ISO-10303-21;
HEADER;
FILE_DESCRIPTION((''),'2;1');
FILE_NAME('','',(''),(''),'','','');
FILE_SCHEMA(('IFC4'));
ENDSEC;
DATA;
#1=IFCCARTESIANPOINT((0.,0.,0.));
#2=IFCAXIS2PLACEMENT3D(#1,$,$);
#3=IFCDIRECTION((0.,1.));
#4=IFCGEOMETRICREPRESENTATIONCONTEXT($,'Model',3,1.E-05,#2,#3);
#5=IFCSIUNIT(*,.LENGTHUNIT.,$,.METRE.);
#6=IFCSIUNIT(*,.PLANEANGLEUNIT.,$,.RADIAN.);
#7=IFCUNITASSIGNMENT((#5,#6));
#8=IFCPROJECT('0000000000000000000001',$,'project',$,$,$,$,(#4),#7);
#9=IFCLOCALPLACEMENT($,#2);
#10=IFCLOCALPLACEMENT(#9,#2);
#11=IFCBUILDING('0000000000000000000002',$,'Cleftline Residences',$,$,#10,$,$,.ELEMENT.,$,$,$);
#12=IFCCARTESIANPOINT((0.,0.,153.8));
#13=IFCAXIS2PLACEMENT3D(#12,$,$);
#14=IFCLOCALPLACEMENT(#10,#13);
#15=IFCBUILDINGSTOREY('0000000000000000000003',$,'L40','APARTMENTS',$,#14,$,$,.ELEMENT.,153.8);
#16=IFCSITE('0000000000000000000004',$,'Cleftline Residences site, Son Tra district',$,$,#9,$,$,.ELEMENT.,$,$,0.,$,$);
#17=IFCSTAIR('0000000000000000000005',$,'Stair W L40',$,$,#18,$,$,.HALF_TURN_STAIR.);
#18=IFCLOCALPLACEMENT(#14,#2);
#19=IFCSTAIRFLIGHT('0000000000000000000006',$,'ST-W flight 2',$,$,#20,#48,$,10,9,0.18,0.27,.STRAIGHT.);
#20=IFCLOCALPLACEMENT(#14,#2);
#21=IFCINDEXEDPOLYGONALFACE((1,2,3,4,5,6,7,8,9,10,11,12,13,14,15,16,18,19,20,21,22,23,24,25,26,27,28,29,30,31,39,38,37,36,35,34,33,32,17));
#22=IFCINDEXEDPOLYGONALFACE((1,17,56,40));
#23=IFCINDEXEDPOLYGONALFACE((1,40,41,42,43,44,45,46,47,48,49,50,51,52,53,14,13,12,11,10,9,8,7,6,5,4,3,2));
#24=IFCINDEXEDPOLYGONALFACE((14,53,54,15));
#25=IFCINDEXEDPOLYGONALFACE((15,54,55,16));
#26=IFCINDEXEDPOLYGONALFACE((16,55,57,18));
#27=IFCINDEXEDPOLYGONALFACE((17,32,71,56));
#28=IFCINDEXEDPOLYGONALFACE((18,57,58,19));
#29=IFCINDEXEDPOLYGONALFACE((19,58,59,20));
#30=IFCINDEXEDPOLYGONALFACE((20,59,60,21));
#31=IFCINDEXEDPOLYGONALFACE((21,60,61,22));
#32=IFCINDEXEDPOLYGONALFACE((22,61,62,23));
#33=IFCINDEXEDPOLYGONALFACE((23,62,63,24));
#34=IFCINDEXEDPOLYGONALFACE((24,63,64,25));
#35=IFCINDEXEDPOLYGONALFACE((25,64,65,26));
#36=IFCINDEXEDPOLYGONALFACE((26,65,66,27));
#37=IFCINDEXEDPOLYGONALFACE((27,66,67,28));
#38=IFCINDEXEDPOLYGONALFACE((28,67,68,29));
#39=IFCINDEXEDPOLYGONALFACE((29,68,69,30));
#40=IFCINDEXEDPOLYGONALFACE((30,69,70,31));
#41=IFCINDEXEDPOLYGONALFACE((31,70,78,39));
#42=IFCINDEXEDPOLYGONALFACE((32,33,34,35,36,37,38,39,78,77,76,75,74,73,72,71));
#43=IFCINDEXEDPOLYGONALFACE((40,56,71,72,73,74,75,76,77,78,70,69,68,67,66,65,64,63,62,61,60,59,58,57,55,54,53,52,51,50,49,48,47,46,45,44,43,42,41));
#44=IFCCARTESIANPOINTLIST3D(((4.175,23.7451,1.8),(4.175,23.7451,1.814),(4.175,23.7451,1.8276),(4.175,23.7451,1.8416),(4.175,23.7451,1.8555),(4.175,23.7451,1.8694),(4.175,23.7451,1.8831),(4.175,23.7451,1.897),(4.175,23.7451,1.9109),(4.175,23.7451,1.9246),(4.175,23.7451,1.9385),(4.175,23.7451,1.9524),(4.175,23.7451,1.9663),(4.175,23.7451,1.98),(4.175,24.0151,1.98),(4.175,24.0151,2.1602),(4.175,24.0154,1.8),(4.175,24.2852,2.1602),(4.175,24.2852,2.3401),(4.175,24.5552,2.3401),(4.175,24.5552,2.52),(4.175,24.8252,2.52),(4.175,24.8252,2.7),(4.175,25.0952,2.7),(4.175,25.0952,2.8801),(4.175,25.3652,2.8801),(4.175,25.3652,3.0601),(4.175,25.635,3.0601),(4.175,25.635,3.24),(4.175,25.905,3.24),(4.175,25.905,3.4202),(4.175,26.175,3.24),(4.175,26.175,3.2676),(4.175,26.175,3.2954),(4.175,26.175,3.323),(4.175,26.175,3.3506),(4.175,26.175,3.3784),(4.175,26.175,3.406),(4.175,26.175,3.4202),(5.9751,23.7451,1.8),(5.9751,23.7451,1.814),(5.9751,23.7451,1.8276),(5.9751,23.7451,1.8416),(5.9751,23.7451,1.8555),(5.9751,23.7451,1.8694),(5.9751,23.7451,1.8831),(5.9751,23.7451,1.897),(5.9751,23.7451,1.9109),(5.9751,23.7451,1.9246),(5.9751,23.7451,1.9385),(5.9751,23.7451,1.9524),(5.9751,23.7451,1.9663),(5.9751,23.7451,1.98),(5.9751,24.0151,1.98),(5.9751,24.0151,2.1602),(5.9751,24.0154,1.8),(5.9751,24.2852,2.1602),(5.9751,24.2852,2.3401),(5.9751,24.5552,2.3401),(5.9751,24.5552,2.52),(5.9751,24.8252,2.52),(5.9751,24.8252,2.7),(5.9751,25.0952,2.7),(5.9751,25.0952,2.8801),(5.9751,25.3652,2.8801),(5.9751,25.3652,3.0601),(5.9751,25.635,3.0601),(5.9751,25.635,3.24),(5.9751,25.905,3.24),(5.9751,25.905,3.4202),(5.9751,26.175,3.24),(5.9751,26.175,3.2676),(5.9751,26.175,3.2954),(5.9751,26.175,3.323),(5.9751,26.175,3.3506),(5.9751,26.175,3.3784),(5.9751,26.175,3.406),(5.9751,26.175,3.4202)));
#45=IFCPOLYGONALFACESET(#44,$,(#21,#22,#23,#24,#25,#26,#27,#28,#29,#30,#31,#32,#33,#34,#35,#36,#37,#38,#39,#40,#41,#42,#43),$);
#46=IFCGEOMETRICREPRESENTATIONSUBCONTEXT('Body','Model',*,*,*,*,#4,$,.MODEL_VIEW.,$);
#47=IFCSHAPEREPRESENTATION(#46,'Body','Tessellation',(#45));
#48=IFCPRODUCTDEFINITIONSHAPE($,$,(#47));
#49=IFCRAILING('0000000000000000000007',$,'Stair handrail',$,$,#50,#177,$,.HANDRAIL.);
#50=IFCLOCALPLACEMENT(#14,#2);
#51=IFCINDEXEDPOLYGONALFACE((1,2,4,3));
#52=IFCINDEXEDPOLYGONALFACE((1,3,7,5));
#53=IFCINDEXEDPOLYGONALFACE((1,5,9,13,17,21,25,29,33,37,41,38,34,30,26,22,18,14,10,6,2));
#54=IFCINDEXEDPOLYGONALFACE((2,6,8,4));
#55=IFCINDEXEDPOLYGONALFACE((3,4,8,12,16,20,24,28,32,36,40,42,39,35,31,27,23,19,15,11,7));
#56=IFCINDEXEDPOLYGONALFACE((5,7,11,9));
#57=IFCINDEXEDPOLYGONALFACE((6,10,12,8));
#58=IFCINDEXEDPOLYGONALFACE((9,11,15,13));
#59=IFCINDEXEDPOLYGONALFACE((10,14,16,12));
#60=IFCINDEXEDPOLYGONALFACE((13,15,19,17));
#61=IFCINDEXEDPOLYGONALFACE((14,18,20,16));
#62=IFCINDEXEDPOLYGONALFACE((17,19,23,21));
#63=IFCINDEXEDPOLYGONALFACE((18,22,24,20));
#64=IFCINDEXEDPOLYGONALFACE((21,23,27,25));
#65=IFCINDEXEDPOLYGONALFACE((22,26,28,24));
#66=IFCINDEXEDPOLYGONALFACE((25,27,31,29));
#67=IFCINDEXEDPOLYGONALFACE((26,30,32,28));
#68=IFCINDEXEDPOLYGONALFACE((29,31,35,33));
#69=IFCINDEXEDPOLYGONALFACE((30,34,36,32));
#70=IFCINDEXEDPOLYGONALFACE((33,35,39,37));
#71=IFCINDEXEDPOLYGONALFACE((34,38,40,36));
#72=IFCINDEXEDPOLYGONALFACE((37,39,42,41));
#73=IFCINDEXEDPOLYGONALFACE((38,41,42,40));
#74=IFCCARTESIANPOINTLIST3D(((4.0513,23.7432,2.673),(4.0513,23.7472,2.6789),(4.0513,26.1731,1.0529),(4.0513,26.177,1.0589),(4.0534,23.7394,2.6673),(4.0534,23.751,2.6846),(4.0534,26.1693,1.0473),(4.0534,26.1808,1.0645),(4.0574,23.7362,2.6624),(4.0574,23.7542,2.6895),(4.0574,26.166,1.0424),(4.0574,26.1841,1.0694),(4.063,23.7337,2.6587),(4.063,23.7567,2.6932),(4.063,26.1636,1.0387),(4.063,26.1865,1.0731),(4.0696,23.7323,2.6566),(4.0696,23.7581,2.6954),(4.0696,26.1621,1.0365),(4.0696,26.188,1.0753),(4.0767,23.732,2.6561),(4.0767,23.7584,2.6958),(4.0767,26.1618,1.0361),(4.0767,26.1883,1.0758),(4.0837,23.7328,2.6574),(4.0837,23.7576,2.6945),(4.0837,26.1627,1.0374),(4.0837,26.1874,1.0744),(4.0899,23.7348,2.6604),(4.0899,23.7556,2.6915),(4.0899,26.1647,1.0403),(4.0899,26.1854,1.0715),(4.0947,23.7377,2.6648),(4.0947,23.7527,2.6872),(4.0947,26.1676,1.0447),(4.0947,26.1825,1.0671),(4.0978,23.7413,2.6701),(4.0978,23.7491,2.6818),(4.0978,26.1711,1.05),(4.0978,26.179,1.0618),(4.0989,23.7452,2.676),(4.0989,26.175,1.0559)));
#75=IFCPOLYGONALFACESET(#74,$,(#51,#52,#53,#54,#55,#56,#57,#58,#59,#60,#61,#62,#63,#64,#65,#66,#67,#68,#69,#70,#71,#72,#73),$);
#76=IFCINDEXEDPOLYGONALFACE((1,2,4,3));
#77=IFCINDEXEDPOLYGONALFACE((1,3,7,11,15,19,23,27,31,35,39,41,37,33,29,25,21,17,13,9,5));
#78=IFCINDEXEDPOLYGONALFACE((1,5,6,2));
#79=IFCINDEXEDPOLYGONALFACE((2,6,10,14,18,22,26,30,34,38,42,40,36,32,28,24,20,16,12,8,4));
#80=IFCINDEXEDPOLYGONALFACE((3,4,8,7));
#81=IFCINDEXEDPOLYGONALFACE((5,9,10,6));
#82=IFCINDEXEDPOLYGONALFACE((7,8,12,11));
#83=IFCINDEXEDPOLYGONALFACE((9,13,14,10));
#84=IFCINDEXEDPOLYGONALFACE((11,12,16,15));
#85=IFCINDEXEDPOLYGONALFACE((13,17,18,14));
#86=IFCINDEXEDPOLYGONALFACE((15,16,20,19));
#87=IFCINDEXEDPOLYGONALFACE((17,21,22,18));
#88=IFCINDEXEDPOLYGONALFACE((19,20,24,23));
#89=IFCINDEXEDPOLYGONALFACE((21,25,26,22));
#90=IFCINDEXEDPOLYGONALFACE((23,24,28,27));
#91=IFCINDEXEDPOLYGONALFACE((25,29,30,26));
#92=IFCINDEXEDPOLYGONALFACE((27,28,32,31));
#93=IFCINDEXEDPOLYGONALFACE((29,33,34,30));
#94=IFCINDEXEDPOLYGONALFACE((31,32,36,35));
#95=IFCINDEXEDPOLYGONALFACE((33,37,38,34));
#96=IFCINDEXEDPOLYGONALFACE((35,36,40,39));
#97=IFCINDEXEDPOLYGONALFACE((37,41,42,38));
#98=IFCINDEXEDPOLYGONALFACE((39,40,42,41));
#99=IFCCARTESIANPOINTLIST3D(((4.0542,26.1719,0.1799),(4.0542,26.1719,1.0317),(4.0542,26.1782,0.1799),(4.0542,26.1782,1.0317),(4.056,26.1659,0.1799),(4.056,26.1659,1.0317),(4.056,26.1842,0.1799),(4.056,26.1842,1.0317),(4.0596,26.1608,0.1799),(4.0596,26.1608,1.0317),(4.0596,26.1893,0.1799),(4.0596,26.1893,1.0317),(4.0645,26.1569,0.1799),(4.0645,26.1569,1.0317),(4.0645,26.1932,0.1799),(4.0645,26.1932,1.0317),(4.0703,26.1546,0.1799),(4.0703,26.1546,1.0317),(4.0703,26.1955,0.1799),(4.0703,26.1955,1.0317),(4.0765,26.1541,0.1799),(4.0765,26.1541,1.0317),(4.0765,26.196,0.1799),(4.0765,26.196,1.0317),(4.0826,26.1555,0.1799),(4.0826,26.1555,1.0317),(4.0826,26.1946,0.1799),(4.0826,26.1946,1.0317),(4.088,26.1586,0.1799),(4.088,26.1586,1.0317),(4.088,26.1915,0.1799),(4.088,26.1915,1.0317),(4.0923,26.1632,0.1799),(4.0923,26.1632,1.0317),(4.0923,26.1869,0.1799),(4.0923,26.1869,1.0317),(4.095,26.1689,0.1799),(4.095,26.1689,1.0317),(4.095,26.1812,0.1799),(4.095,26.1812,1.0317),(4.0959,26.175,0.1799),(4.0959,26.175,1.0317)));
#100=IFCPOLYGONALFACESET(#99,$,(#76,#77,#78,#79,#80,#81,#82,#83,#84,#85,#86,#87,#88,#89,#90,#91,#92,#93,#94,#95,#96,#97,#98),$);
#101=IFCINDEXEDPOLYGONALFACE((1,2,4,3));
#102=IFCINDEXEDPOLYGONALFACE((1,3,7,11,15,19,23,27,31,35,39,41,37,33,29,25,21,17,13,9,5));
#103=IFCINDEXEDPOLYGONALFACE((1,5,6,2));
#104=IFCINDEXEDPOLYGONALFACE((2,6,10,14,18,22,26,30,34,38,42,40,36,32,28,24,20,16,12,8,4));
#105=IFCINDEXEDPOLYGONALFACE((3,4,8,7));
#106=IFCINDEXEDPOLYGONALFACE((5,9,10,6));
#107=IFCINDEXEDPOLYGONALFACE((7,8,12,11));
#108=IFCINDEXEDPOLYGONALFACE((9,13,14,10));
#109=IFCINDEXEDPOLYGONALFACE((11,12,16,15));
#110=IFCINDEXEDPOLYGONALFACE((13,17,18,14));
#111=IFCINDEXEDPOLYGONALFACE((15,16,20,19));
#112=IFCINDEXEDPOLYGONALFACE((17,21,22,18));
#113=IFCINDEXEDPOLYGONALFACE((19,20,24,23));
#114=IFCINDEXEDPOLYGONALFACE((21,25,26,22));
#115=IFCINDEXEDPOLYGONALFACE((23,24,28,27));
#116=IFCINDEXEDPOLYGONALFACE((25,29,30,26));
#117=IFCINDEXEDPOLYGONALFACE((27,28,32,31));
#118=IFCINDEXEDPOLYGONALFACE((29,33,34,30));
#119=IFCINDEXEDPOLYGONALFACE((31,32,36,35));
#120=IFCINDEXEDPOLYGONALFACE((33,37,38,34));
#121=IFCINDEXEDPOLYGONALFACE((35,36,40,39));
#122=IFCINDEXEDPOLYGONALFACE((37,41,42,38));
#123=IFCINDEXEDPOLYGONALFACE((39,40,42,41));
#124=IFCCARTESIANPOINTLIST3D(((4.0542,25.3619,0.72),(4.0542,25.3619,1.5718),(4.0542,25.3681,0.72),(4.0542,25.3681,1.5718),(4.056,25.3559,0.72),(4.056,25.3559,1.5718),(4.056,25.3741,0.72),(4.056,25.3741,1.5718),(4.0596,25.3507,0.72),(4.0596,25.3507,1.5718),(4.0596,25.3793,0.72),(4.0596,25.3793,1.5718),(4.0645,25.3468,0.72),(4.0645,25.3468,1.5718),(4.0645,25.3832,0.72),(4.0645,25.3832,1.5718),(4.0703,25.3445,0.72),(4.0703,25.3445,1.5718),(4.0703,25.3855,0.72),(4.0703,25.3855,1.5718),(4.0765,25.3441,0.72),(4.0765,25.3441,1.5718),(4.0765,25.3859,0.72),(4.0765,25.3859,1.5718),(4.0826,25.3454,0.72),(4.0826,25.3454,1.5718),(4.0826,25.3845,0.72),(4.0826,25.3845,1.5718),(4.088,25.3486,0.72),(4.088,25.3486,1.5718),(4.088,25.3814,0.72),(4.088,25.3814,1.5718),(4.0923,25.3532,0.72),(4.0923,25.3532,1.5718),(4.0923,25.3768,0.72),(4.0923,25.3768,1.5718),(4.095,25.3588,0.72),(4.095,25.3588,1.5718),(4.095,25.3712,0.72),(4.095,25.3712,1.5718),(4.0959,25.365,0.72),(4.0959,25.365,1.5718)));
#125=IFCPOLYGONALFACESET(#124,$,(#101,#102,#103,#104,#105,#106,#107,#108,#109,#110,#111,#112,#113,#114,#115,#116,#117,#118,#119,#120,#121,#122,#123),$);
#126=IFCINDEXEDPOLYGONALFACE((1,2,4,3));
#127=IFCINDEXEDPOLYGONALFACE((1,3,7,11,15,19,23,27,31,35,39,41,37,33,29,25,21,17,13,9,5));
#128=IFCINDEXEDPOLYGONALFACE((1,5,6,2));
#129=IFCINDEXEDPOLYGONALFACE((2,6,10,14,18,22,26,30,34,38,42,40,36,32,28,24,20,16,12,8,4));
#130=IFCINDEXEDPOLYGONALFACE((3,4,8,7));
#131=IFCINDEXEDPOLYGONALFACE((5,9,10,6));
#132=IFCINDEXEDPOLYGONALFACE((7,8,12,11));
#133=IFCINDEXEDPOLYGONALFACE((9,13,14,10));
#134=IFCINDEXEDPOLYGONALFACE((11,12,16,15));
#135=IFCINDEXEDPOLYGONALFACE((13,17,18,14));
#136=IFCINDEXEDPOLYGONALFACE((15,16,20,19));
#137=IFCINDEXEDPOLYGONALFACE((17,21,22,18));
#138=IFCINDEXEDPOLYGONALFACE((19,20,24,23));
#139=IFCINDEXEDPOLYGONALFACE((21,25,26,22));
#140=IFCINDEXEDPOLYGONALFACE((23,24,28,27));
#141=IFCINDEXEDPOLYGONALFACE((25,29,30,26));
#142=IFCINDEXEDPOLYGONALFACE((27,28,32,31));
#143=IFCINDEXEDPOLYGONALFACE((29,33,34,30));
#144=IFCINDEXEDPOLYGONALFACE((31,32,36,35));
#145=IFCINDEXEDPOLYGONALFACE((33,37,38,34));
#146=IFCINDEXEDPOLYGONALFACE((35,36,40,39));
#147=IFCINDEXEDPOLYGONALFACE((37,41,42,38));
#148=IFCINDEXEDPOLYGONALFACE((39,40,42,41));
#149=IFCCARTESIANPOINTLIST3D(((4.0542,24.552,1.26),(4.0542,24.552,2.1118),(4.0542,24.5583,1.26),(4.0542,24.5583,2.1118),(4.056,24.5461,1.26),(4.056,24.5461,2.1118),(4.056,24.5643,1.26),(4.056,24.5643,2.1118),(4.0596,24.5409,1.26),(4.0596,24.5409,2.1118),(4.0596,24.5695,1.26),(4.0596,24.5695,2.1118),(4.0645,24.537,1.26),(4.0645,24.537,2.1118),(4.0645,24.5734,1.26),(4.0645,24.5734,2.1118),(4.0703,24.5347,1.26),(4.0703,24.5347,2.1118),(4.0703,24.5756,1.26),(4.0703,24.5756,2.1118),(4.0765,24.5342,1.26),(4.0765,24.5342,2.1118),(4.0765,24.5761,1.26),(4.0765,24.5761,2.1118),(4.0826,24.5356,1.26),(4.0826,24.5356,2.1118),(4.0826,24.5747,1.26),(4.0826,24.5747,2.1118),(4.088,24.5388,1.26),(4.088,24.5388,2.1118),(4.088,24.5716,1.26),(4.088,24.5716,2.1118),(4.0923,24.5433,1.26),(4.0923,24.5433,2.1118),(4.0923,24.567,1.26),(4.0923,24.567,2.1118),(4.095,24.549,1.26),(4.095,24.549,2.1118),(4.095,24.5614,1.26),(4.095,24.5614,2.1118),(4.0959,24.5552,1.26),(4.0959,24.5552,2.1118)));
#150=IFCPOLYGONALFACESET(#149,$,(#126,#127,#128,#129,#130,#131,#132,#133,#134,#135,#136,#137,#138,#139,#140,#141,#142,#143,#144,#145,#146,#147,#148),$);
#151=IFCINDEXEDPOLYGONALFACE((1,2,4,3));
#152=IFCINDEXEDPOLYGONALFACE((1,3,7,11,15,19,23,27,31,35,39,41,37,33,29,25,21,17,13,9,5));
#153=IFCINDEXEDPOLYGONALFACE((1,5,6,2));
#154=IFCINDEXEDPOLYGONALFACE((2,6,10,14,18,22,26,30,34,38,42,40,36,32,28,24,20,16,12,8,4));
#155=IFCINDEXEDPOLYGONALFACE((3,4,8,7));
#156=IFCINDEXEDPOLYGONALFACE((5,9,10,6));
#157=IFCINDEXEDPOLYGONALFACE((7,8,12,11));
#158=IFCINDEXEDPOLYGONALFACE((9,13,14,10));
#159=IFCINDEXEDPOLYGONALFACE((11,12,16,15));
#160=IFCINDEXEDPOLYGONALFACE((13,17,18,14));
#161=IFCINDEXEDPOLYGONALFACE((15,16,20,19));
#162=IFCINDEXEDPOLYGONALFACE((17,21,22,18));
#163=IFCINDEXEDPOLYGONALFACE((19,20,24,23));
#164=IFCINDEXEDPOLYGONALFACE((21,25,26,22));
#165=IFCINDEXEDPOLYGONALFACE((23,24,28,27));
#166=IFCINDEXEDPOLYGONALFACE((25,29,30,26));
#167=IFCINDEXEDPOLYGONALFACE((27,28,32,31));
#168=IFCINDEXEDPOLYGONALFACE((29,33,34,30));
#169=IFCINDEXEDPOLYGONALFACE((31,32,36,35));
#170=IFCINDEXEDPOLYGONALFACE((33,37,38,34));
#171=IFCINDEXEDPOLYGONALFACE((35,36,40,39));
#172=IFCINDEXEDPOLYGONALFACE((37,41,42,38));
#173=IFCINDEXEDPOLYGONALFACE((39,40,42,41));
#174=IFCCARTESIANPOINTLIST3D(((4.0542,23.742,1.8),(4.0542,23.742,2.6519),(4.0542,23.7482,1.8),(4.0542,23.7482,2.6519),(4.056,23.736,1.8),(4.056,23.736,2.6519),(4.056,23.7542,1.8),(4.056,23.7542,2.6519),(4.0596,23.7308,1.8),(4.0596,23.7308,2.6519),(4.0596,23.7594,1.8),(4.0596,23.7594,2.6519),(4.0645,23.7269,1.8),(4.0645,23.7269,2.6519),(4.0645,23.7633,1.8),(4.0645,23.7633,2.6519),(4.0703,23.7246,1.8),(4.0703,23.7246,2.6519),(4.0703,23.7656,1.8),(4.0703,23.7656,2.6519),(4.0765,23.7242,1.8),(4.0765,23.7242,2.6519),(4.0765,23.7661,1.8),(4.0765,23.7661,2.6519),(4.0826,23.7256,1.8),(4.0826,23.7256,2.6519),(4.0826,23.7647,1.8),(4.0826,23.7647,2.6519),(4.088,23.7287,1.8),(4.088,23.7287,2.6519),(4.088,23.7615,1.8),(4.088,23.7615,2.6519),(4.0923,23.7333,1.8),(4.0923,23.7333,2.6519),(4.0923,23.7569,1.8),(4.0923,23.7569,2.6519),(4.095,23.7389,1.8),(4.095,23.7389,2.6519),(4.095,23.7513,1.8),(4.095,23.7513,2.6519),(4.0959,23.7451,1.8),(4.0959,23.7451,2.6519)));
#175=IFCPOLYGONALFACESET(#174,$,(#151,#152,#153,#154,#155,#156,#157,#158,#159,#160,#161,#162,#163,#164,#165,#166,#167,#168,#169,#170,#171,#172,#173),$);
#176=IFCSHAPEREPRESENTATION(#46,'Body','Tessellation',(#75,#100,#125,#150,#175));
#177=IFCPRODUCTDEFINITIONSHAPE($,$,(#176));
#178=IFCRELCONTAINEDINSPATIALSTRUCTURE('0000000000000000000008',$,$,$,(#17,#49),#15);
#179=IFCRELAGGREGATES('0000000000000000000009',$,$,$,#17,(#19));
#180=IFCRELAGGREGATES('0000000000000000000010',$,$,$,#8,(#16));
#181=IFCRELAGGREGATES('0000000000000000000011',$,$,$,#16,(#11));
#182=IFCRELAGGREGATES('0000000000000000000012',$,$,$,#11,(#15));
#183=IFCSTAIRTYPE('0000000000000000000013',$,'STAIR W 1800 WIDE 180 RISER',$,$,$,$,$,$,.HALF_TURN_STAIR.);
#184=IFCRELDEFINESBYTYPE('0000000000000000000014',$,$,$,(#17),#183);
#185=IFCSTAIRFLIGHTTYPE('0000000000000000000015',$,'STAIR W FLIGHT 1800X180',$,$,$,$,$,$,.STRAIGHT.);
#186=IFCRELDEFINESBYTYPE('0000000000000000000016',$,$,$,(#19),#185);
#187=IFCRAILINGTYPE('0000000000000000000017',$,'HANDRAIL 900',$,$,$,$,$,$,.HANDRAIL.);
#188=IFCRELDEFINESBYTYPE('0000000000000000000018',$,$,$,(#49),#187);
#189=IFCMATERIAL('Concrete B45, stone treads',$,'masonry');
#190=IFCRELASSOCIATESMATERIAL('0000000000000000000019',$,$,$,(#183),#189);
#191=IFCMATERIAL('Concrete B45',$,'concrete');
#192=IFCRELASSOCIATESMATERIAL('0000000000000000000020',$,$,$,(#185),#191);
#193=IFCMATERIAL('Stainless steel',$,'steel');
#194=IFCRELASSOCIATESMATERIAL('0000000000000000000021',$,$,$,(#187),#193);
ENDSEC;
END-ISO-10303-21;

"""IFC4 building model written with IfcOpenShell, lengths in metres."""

from ifc_helpers import new_model, si_unit, direction, frame, origin, origin_2d, place, context, subcontext, project, spatial, polyline, circle, outline, extrude, material, type_object, element, aggregate, save


model = new_model("IFC4")

# Units and contexts
model_context = context("Model", 3, precision=1e-05, world=origin(), true_north=direction((0.0, 1.0)))
body_context = subcontext(model_context, "Body", "Model", "MODEL_VIEW")
ifc_project = project(units=[si_unit("LENGTHUNIT", "METRE"), si_unit("PLANEANGLEUNIT", "RADIAN")], contexts=[model_context])

# Site, building, storey
site_placement = place(None, origin())
site = spatial("IfcSite", under=ifc_project, at=site_placement, Name="Cleftline Residences site, Son Tra district", CompositionType="ELEMENT", RefElevation=0.0)
building_placement = place(site_placement, origin())
building = spatial("IfcBuilding", under=site, at=building_placement, Name="Cleftline Residences", CompositionType="ELEMENT")
storey_placement = place(building_placement, frame((0.0, 0.0, 153.8)))
storey = spatial("IfcBuildingStorey", under=building, at=storey_placement, Name="L40", Description="APARTMENTS", CompositionType="ELEMENT", Elevation=153.8)

# Stair, stair flight
ifc_material_1 = material(Name="Concrete B45, stone treads", Category="masonry")
stair_type = type_object("IfcStairType", Name="STAIR W 1800 WIDE 180 RISER", PredefinedType="HALF_TURN_STAIR", material=ifc_material_1)
stair_placement = place(storey_placement, origin())
stair = element("IfcStair", 1, at=stair_placement, inside=storey, type_object=stair_type, Name="Stair W L40", PredefinedType="HALF_TURN_STAIR")
ifc_material_2 = material(Name="Concrete B45", Category="concrete")
stair_flight_type = type_object("IfcStairFlightType", Name="STAIR W FLIGHT 1800X180", PredefinedType="STRAIGHT", material=ifc_material_2)
stair_flight_1_placement = place(storey_placement, frame((5.075, 23.7451, 1.8), z_axis=(0.0, 0.0, 1.0), x_axis=(0.0, 1.0, 0.0)))
stair_flight_1 = element("IfcStairFlight", 2, at=stair_flight_1_placement, type_object=stair_flight_type, Name="ST-W flight 2", NumberOfRisers=10, NumberOfTreads=9, PredefinedType="STRAIGHT", RiserHeight=0.18, TreadLength=0.27, context=body_context, shape_type="SweptSolid", body=[
    extrude(outline(polyline([(0.0, 0.0), (0.0, 0.0139), (0.0, 0.0276), (0.0, 0.0415), (0.0, 0.0554), (0.0, 0.0693), (0.0, 0.083), (0.0, 0.0969), (0.0, 0.1108), (0.0, 0.1245), (0.0, 0.1384), (0.0, 0.1523), (0.0, 0.1663), (0.0, 0.1799), (0.27, 0.1799), (0.27, 0.3601), (0.54, 0.3601), (0.54, 0.54), (0.8101, 0.54), (0.8101, 0.72), (1.0801, 0.72), (1.0801, 0.8999), (1.3501, 0.8999), (1.3501, 1.0801), (1.6201, 1.0801), (1.6201, 1.26), (1.8899, 1.26), (1.8899, 1.4399), (2.1599, 1.4399), (2.1599, 1.6201), (2.4299, 1.6201), (2.4299, 1.8), (2.4299, 1.7722), (2.4299, 1.7446), (2.4299, 1.7168), (2.4299, 1.6892), (2.4299, 1.6614), (2.4299, 1.6338), (2.4299, 1.606), (2.4299, 1.5784), (2.4299, 1.5505), (2.4299, 1.5229), (2.4299, 1.4954), (2.4299, 1.4675), (2.4299, 1.4399), (0.2703, 0.0), (0.0, 0.0)])), frame((0.0, 0.8999, 0.0), z_axis=(0.0, -1.0, 0.0), x_axis=(1.0, 0.0, 0.0)), (0.0, 0.0, 1.0), 1.8),
])
aggregate(stair, [stair_flight_1])

# Railing
ifc_material_3 = material(Name="Stainless steel", Category="steel")
railing_type = type_object("IfcRailingType", Name="HANDRAIL 900", PredefinedType="HANDRAIL", material=ifc_material_3)
railing_1_placement = place(storey_placement, frame((4.075, 26.175, 0.1799)))
element("IfcRailing", 3, at=railing_1_placement, inside=storey, type_object=railing_type, Name="Stair handrail", PredefinedType="HANDRAIL", context=body_context, shape_type="SweptSolid", body=[
    extrude(circle(Radius=0.0239, at=origin_2d()), frame((0.0, 0.0, 0.876), z_axis=(0.0, -0.832025, 0.554739), x_axis=(1.0, 0.0, 0.0)), (0.0, 0.0, 1.0), 2.9204),
    extrude(circle(Radius=0.021, at=origin_2d()), origin(), (0.0, 0.0, 1.0), 0.8518),
    extrude(circle(Radius=0.021, at=origin_2d()), frame((0.0, -0.8101, 0.54)), (0.0, 0.0, 1.0), 0.8518),
    extrude(circle(Radius=0.021, at=origin_2d()), frame((0.0, -1.6199, 1.0801)), (0.0, 0.0, 1.0), 0.8518),
    extrude(circle(Radius=0.021, at=origin_2d()), frame((0.0, -2.4299, 1.6201)), (0.0, 0.0, 1.0), 0.8518),
])

save(model, "model.ifc")
